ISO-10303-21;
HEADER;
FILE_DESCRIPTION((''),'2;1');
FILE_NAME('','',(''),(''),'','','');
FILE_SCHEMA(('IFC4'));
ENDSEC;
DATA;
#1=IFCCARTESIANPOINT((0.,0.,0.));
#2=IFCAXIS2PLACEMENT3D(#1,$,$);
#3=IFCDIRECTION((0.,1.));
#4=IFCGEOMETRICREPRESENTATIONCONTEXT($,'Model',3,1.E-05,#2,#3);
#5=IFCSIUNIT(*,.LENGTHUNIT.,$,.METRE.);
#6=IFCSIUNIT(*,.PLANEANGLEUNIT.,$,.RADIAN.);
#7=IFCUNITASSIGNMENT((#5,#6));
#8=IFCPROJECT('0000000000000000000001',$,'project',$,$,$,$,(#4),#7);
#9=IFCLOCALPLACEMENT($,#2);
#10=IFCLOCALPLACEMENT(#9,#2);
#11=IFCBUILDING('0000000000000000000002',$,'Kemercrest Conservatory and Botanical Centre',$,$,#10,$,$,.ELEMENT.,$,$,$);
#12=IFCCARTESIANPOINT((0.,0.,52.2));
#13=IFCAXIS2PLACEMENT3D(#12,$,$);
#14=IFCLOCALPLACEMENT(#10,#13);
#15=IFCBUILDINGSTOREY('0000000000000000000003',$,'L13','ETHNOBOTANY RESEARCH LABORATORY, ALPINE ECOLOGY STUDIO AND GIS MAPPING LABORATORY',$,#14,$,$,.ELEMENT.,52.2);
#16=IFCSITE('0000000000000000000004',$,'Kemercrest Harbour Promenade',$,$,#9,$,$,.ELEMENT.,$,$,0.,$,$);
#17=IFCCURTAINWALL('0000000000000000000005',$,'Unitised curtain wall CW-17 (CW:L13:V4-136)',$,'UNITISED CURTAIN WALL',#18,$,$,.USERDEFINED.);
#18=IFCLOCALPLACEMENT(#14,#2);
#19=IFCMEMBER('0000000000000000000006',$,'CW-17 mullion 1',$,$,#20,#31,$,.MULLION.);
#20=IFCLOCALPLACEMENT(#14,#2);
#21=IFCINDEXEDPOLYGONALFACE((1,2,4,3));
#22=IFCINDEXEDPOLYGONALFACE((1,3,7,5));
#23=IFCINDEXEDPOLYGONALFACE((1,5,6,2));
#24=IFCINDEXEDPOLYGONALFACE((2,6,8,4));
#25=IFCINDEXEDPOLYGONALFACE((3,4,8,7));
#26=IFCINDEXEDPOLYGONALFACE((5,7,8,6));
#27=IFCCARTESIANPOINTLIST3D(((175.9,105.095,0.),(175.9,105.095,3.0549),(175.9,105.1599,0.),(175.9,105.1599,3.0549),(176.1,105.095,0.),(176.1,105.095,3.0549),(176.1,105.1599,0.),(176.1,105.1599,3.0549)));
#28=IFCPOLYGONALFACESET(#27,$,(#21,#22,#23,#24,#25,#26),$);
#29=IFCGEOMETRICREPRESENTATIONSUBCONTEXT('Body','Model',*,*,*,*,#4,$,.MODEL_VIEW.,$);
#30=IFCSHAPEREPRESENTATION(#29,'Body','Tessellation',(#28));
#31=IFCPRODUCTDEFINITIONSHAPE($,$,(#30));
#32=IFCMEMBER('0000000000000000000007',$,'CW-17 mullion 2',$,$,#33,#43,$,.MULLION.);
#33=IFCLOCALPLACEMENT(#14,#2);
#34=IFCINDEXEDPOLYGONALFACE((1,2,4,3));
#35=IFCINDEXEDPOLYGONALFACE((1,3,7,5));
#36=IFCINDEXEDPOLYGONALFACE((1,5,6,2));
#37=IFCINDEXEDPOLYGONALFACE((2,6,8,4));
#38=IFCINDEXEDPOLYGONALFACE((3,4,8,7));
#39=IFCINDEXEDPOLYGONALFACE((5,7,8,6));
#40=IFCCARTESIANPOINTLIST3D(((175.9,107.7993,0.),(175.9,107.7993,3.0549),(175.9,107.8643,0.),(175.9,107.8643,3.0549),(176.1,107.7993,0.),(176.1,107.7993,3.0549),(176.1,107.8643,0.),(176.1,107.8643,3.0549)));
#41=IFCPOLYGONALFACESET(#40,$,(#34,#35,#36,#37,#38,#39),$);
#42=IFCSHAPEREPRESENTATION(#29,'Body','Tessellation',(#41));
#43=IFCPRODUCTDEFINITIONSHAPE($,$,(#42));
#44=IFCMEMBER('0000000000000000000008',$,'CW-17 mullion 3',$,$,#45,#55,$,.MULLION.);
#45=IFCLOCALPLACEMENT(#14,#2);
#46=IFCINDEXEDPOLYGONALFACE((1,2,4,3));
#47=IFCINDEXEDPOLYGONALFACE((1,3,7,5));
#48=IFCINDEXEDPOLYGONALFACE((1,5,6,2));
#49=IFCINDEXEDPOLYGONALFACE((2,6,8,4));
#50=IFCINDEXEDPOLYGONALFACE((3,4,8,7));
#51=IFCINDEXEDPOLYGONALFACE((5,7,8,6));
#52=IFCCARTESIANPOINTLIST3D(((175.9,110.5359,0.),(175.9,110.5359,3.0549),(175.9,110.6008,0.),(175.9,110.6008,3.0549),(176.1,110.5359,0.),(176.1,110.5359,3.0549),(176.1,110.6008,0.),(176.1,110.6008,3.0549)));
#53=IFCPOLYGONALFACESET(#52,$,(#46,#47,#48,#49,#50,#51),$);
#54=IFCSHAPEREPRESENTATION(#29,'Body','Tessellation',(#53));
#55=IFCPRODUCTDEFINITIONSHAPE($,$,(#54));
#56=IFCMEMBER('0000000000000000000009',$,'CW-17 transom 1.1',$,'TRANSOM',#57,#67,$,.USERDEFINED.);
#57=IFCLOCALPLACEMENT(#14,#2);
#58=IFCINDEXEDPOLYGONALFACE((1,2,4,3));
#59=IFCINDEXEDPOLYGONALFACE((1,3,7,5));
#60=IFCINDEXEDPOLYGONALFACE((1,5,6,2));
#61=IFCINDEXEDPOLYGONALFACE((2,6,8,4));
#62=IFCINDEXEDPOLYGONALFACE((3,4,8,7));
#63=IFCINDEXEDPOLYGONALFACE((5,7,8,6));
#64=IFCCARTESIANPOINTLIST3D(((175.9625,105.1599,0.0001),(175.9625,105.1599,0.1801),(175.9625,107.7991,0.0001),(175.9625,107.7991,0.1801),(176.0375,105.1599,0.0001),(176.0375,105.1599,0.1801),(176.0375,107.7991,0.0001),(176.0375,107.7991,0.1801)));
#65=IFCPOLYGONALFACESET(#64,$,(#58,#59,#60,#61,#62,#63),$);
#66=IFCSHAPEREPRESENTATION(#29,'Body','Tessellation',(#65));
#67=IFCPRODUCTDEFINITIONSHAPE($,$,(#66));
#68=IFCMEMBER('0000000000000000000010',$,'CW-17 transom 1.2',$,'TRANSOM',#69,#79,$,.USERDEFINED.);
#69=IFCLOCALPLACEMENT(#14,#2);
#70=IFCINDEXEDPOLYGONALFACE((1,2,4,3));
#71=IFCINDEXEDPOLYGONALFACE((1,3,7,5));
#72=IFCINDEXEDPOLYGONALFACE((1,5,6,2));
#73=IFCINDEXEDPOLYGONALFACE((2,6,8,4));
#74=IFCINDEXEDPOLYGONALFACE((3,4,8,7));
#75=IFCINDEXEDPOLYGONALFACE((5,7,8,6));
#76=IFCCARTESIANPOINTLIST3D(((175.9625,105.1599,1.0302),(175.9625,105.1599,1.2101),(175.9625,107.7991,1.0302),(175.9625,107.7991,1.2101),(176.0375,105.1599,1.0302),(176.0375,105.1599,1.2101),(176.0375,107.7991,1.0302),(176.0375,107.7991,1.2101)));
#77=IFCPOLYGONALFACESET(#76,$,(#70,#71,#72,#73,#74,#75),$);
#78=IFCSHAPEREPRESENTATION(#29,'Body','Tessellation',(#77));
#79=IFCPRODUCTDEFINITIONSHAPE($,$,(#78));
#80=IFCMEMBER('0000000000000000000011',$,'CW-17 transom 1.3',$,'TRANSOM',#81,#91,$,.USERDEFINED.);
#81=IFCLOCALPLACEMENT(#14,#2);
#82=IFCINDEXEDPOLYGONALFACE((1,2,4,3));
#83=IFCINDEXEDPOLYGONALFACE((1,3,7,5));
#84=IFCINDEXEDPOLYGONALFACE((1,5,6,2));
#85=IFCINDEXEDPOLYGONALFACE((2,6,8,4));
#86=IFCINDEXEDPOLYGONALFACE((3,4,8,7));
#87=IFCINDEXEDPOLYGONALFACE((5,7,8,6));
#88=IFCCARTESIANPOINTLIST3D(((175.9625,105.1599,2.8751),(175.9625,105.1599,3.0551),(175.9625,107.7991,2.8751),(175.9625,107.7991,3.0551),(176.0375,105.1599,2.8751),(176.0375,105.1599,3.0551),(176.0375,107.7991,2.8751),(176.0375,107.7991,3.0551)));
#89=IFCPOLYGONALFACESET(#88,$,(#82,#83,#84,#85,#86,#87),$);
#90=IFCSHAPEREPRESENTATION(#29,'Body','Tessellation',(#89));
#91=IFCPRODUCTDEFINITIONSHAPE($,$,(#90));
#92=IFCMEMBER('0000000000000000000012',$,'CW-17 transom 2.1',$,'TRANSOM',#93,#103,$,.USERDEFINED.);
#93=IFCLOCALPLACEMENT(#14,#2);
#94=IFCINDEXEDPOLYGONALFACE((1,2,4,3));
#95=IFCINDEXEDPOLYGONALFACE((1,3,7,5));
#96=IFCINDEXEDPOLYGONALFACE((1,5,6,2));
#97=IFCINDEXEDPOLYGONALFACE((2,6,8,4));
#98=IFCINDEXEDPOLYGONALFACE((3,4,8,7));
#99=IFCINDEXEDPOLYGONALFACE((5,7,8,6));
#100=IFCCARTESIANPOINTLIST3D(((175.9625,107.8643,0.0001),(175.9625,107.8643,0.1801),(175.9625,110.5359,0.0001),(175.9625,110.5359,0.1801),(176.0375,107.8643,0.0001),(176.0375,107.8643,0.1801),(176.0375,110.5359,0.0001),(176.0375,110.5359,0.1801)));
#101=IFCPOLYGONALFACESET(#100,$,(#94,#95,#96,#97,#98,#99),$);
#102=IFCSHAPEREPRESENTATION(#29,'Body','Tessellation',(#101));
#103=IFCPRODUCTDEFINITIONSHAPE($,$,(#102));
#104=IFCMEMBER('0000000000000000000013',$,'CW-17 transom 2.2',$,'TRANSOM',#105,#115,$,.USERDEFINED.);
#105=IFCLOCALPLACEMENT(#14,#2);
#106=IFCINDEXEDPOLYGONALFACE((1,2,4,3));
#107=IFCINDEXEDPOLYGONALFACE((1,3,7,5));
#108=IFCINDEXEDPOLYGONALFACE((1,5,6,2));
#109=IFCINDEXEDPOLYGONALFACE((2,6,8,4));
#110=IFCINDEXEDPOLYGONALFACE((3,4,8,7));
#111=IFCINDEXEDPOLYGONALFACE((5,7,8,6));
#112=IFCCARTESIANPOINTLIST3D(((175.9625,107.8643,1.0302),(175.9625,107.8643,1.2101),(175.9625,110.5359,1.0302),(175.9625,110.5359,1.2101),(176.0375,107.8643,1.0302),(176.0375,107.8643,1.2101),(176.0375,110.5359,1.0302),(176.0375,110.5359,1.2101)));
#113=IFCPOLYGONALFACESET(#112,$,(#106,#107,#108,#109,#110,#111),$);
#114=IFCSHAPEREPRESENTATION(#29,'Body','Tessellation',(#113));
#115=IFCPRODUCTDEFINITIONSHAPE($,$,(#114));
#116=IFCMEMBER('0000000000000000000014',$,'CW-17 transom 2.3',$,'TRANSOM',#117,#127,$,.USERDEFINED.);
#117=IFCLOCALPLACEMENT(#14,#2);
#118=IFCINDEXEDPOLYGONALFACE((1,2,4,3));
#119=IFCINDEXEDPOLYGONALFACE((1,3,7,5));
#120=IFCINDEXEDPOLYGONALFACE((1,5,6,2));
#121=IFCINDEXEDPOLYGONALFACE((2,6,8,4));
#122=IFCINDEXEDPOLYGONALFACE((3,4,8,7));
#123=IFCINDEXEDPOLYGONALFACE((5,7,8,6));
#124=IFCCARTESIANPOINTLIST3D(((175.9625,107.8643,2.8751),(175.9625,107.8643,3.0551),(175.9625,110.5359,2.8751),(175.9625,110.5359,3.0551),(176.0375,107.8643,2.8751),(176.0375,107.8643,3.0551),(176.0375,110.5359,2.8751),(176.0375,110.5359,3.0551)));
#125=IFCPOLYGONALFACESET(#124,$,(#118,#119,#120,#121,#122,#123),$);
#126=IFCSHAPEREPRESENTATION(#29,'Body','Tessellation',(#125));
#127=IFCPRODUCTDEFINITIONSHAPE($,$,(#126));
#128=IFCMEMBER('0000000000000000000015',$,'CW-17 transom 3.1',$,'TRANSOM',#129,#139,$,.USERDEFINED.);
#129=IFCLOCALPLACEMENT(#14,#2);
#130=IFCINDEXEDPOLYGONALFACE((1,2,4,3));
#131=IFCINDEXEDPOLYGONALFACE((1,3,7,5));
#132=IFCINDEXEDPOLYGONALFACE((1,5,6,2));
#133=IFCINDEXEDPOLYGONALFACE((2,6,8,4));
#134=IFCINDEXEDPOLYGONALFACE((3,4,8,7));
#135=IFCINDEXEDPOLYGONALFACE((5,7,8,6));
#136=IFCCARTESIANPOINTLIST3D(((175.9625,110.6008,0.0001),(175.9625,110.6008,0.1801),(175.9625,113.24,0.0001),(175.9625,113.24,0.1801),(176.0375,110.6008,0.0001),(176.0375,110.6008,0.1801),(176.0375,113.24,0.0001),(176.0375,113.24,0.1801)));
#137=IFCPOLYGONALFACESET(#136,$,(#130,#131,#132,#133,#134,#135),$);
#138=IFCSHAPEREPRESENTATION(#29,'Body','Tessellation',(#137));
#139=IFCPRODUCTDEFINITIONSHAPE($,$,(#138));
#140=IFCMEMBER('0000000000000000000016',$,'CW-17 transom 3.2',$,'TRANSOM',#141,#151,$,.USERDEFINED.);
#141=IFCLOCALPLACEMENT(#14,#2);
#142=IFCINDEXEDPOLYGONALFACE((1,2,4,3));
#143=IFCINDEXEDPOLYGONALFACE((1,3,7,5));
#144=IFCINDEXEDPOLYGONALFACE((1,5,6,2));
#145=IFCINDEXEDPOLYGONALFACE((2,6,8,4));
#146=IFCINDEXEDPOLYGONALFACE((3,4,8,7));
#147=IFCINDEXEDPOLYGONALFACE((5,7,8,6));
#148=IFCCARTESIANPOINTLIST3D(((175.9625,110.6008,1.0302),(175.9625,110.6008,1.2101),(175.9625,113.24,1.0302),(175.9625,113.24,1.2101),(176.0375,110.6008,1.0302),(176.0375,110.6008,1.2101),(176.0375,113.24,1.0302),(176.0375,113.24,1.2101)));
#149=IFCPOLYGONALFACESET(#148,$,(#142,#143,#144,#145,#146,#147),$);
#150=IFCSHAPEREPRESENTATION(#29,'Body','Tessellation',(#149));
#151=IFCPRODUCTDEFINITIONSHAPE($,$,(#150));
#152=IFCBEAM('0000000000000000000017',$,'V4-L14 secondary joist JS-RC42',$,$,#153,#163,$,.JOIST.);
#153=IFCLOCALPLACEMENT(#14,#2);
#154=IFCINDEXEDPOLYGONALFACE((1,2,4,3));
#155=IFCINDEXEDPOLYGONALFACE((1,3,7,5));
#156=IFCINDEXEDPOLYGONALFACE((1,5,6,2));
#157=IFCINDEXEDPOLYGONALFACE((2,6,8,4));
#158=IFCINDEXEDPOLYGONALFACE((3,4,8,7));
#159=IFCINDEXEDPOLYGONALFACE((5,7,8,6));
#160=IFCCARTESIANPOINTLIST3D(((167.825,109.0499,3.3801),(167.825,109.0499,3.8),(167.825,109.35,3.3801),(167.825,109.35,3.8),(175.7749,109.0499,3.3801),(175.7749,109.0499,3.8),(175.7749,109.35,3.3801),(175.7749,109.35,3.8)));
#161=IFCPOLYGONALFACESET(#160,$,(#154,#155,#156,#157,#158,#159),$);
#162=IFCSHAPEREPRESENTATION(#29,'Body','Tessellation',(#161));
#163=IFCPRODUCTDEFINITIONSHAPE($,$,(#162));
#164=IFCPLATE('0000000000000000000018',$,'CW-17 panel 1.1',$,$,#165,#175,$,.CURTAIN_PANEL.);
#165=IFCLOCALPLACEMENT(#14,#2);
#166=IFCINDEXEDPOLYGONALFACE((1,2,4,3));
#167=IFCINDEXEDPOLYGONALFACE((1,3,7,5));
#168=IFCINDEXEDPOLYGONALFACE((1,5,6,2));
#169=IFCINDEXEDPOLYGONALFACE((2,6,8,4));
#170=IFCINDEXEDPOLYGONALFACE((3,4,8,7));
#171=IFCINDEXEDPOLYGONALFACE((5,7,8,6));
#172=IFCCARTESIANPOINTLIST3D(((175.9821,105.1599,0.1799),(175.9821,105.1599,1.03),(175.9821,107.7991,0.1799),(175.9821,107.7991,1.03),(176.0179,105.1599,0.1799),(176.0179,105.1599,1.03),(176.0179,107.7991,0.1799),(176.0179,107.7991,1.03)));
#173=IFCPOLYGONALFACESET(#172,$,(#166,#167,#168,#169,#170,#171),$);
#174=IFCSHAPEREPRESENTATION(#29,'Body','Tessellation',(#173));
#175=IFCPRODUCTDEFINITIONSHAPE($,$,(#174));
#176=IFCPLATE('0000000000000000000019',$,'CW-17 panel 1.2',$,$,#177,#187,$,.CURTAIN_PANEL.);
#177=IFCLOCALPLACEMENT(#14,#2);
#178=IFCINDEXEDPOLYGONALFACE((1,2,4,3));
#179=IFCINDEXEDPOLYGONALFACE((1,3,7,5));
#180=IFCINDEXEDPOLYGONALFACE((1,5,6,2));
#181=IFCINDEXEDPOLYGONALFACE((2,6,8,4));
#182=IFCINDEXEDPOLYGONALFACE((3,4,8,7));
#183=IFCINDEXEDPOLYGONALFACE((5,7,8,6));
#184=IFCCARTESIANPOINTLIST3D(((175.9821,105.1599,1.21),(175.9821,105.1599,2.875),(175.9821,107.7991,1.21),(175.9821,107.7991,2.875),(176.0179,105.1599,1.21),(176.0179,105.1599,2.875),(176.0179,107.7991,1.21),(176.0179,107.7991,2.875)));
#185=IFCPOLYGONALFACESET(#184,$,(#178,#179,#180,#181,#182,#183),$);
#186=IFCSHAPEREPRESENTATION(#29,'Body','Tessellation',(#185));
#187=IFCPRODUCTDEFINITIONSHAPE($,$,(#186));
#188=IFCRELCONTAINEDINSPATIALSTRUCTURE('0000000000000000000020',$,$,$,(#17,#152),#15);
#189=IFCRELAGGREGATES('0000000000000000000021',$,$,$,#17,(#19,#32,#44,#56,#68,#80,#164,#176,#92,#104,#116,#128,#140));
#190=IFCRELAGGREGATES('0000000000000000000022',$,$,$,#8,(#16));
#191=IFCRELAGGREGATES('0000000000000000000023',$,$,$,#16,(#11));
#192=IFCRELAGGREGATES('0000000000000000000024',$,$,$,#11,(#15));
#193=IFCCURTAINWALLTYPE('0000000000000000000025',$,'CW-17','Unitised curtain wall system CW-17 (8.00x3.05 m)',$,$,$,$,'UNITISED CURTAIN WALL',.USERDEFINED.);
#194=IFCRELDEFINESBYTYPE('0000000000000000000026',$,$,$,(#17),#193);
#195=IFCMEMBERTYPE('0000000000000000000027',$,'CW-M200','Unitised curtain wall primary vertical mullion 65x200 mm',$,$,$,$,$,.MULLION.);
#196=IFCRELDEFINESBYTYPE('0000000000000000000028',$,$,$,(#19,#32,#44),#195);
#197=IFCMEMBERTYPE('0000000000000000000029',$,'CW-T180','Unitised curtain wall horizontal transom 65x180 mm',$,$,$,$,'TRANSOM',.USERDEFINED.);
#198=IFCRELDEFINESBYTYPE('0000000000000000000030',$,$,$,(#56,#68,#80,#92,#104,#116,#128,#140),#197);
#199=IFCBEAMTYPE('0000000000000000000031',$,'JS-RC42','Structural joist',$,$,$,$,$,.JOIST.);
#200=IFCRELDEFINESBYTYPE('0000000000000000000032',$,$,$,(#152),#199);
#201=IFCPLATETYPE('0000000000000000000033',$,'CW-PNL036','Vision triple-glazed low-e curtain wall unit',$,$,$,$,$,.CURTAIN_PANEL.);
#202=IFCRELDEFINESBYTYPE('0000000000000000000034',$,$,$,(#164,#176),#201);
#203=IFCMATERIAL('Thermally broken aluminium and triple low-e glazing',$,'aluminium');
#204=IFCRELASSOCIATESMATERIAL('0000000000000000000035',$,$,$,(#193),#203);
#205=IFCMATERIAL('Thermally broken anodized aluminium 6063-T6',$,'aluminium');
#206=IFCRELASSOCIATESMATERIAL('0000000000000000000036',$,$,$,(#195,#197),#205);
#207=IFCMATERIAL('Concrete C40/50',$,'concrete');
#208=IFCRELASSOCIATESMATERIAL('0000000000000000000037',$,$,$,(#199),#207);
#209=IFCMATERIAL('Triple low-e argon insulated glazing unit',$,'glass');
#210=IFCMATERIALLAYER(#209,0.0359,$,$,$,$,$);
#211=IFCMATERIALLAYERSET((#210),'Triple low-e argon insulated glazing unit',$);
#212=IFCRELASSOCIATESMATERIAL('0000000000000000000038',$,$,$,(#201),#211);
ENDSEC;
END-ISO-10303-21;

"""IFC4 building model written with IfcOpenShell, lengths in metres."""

from ifc_helpers import new_model, si_unit, direction, frame, origin, origin_2d, place, context, subcontext, project, spatial, rectangle, extrude, material, layer, layer_set, material_profile, profile_set, type_object, element, aggregate, save


model = new_model("IFC4")

# Units and contexts
model_context = context("Model", 3, precision=1e-05, world=origin(), true_north=direction((0.0, 1.0)))
body_context = subcontext(model_context, "Body", "Model", "MODEL_VIEW")
ifc_project = project(units=[si_unit("LENGTHUNIT", "METRE"), si_unit("PLANEANGLEUNIT", "RADIAN")], contexts=[model_context])

# Site, building, storey
site_placement = place(None, origin())
site = spatial("IfcSite", under=ifc_project, at=site_placement, Name="Kemercrest Harbour Promenade", CompositionType="ELEMENT", RefElevation=0.0)
building_placement = place(site_placement, origin())
building = spatial("IfcBuilding", under=site, at=building_placement, Name="Kemercrest Conservatory and Botanical Centre", CompositionType="ELEMENT")
storey_placement = place(building_placement, frame((0.0, 0.0, 52.2)))
storey = spatial("IfcBuildingStorey", under=building, at=storey_placement, Name="L13", Description="ETHNOBOTANY RESEARCH LABORATORY, ALPINE ECOLOGY STUDIO AND GIS MAPPING LABORATORY", CompositionType="ELEMENT", Elevation=52.2)

# Curtain wall, members
ifc_material_1 = material(Name="Thermally broken aluminium and triple low-e glazing", Category="aluminium")
curtain_wall_type = type_object("IfcCurtainWallType", Name="CW-17", Description="Unitised curtain wall system CW-17 (8.00x3.05 m)", ElementType="UNITISED CURTAIN WALL", PredefinedType="USERDEFINED", material=ifc_material_1)
curtain_wall_placement = place(storey_placement, origin())
curtain_wall = element("IfcCurtainWall", 1, at=curtain_wall_placement, inside=storey, type_object=curtain_wall_type, Name="Unitised curtain wall CW-17 (CW:L13:V4-136)", ObjectType="UNITISED CURTAIN WALL", PredefinedType="USERDEFINED")
ifc_material_2 = material(Name="Thermally broken anodized aluminium 6063-T6", Category="aluminium")
ifc_material_profile_1 = material_profile(ifc_material_2, rectangle(XDim=0.2, YDim=0.0649, at=origin_2d()), Name="AL MULLION 65x200")
ifc_profile_set_1 = profile_set([ifc_material_profile_1], Name="Thermally broken anodized aluminium 6063-T6")
member_type_1 = type_object("IfcMemberType", Name="CW-M200", Description="Unitised curtain wall primary vertical mullion 65x200 mm", PredefinedType="MULLION", material=ifc_profile_set_1)
member_1_placement = place(storey_placement, frame((176.0, 105.1274, 0.0), z_axis=(0.0, 0.0, 1.0), x_axis=(-1.0, 0.0, 0.0)))
member_1 = element("IfcMember", 2, at=member_1_placement, type_object=member_type_1, Name="CW-17 mullion 1", PredefinedType="MULLION", context=body_context, shape_type="SweptSolid", body=[
    extrude(rectangle(XDim=0.2, YDim=0.0649, at=origin_2d()), origin(), (0.0, 0.0, 1.0), 3.0549),
])
member_2_placement = place(storey_placement, frame((176.0, 107.8318, 0.0), z_axis=(0.0, 0.0, 1.0), x_axis=(-1.0, 0.0, 0.0)))
member_2 = element("IfcMember", 3, at=member_2_placement, type_object=member_type_1, Name="CW-17 mullion 2", PredefinedType="MULLION", context=body_context, shape_type="SweptSolid", body=[
    extrude(rectangle(XDim=0.2, YDim=0.0649, at=origin_2d()), origin(), (0.0, 0.0, 1.0), 3.0549),
])
member_3_placement = place(storey_placement, frame((176.0, 110.5684, 0.0), z_axis=(0.0, 0.0, 1.0), x_axis=(-1.0, 0.0, 0.0)))
member_3 = element("IfcMember", 4, at=member_3_placement, type_object=member_type_1, Name="CW-17 mullion 3", PredefinedType="MULLION", context=body_context, shape_type="SweptSolid", body=[
    extrude(rectangle(XDim=0.2, YDim=0.0649, at=origin_2d()), origin(), (0.0, 0.0, 1.0), 3.0549),
])
ifc_material_profile_2 = material_profile(ifc_material_2, rectangle(XDim=0.075, YDim=0.1799, at=origin_2d()), Name="AL TRANSOM 75x180")
ifc_profile_set_2 = profile_set([ifc_material_profile_2], Name="Thermally broken anodized aluminium 6063-T6")
member_type_2 = type_object("IfcMemberType", Name="CW-T180", Description="Unitised curtain wall horizontal transom 65x180 mm", ElementType="TRANSOM", PredefinedType="USERDEFINED", material=ifc_profile_set_2)
member_4_placement = place(storey_placement, frame((176.0, 105.1599, 0.0901), z_axis=(0.0, 1.0, 0.0), x_axis=(-1.0, 0.0, 0.0)))
member_4 = element("IfcMember", 5, at=member_4_placement, type_object=member_type_2, Name="CW-17 transom 1.1", ObjectType="TRANSOM", PredefinedType="USERDEFINED", context=body_context, shape_type="SweptSolid", body=[
    extrude(rectangle(XDim=0.075, YDim=0.1799, at=origin_2d()), origin(), (0.0, 0.0, 1.0), 2.6392),
])
member_5_placement = place(storey_placement, frame((176.0, 105.1599, 1.1201), z_axis=(0.0, 1.0, 0.0), x_axis=(-1.0, 0.0, 0.0)))
member_5 = element("IfcMember", 6, at=member_5_placement, type_object=member_type_2, Name="CW-17 transom 1.2", ObjectType="TRANSOM", PredefinedType="USERDEFINED", context=body_context, shape_type="SweptSolid", body=[
    extrude(rectangle(XDim=0.075, YDim=0.1799, at=origin_2d()), origin(), (0.0, 0.0, 1.0), 2.6392),
])
member_6_placement = place(storey_placement, frame((176.0, 105.1599, 2.9651), z_axis=(0.0, 1.0, 0.0), x_axis=(-1.0, 0.0, 0.0)))
member_6 = element("IfcMember", 7, at=member_6_placement, type_object=member_type_2, Name="CW-17 transom 1.3", ObjectType="TRANSOM", PredefinedType="USERDEFINED", context=body_context, shape_type="SweptSolid", body=[
    extrude(rectangle(XDim=0.075, YDim=0.1799, at=origin_2d()), origin(), (0.0, 0.0, 1.0), 2.6392),
])
member_7_placement = place(storey_placement, frame((176.0, 107.8643, 0.0901), z_axis=(0.0, 1.0, 0.0), x_axis=(-1.0, 0.0, 0.0)))
member_7 = element("IfcMember", 8, at=member_7_placement, type_object=member_type_2, Name="CW-17 transom 2.1", ObjectType="TRANSOM", PredefinedType="USERDEFINED", context=body_context, shape_type="SweptSolid", body=[
    extrude(rectangle(XDim=0.075, YDim=0.1799, at=origin_2d()), origin(), (0.0, 0.0, 1.0), 2.6716),
])
member_8_placement = place(storey_placement, frame((176.0, 107.8643, 1.1201), z_axis=(0.0, 1.0, 0.0), x_axis=(-1.0, 0.0, 0.0)))
member_8 = element("IfcMember", 9, at=member_8_placement, type_object=member_type_2, Name="CW-17 transom 2.2", ObjectType="TRANSOM", PredefinedType="USERDEFINED", context=body_context, shape_type="SweptSolid", body=[
    extrude(rectangle(XDim=0.075, YDim=0.1799, at=origin_2d()), origin(), (0.0, 0.0, 1.0), 2.6716),
])
member_9_placement = place(storey_placement, frame((176.0, 107.8643, 2.9651), z_axis=(0.0, 1.0, 0.0), x_axis=(-1.0, 0.0, 0.0)))
member_9 = element("IfcMember", 10, at=member_9_placement, type_object=member_type_2, Name="CW-17 transom 2.3", ObjectType="TRANSOM", PredefinedType="USERDEFINED", context=body_context, shape_type="SweptSolid", body=[
    extrude(rectangle(XDim=0.075, YDim=0.1799, at=origin_2d()), origin(), (0.0, 0.0, 1.0), 2.6716),
])
member_10_placement = place(storey_placement, frame((176.0, 110.6008, 0.0901), z_axis=(0.0, 1.0, 0.0), x_axis=(-1.0, 0.0, 0.0)))
member_10 = element("IfcMember", 11, at=member_10_placement, type_object=member_type_2, Name="CW-17 transom 3.1", ObjectType="TRANSOM", PredefinedType="USERDEFINED", context=body_context, shape_type="SweptSolid", body=[
    extrude(rectangle(XDim=0.075, YDim=0.1799, at=origin_2d()), origin(), (0.0, 0.0, 1.0), 2.6392),
])
member_11_placement = place(storey_placement, frame((176.0, 110.6008, 1.1201), z_axis=(0.0, 1.0, 0.0), x_axis=(-1.0, 0.0, 0.0)))
member_11 = element("IfcMember", 12, at=member_11_placement, type_object=member_type_2, Name="CW-17 transom 3.2", ObjectType="TRANSOM", PredefinedType="USERDEFINED", context=body_context, shape_type="SweptSolid", body=[
    extrude(rectangle(XDim=0.075, YDim=0.1799, at=origin_2d()), origin(), (0.0, 0.0, 1.0), 2.6392),
])

# Beam
ifc_material_3 = material(Name="Concrete C40/50", Category="concrete")
ifc_material_profile_3 = material_profile(ifc_material_3, rectangle(XDim=0.3, YDim=0.4199, at=origin_2d()), Name="RC 300x420")
ifc_profile_set_3 = profile_set([ifc_material_profile_3], Name="Concrete C40/50")
beam_type = type_object("IfcBeamType", Name="JS-RC42", Description="Structural joist", PredefinedType="JOIST", material=ifc_profile_set_3)
beam_placement = place(storey_placement, frame((167.825, 109.2, 3.5901), z_axis=(1.0, 0.0, 0.0), x_axis=(0.0, 1.0, 0.0)))
element("IfcBeam", 13, at=beam_placement, inside=storey, type_object=beam_type, Name="V4-L14 secondary joist JS-RC42", PredefinedType="JOIST", context=body_context, shape_type="SweptSolid", body=[
    extrude(rectangle(XDim=0.3, YDim=0.4199, at=origin_2d()), origin(), (0.0, 0.0, 1.0), 7.95),
])

# Plates
ifc_material_4 = material(Name="Triple low-e argon insulated glazing unit", Category="glass")
ifc_layer_1 = layer(ifc_material_4, 0.0359)
ifc_layer_set_1 = layer_set([ifc_layer_1], Name="Triple low-e argon insulated glazing unit")
plate_type_1 = type_object("IfcPlateType", Name="CW-PNL036", Description="Vision triple-glazed low-e curtain wall unit", PredefinedType="CURTAIN_PANEL", material=ifc_layer_set_1)
plate_1_placement = place(storey_placement, frame((176.0, 106.4795, 0.1799), z_axis=(0.0, 0.0, 1.0), x_axis=(0.0, 1.0, 0.0)))
plate_1 = element("IfcPlate", 14, at=plate_1_placement, type_object=plate_type_1, Name="CW-17 panel 1.1", PredefinedType="CURTAIN_PANEL", context=body_context, shape_type="SweptSolid", body=[
    extrude(rectangle(XDim=2.6392, YDim=0.0359, at=origin_2d()), origin(), (0.0, 0.0, 1.0), 0.8501),
])
plate_2_placement = place(storey_placement, frame((176.0, 106.4795, 1.21), z_axis=(0.0, 0.0, 1.0), x_axis=(0.0, 1.0, 0.0)))
plate_2 = element("IfcPlate", 15, at=plate_2_placement, type_object=plate_type_1, Name="CW-17 panel 1.2", PredefinedType="CURTAIN_PANEL", context=body_context, shape_type="SweptSolid", body=[
    extrude(rectangle(XDim=2.6392, YDim=0.0359, at=origin_2d()), origin(), (0.0, 0.0, 1.0), 1.665),
])
aggregate(curtain_wall, [member_1, member_2, member_3, member_4, member_5, member_6, plate_1, plate_2, member_7, member_8, member_9, member_10, member_11])

save(model, "model.ifc")
